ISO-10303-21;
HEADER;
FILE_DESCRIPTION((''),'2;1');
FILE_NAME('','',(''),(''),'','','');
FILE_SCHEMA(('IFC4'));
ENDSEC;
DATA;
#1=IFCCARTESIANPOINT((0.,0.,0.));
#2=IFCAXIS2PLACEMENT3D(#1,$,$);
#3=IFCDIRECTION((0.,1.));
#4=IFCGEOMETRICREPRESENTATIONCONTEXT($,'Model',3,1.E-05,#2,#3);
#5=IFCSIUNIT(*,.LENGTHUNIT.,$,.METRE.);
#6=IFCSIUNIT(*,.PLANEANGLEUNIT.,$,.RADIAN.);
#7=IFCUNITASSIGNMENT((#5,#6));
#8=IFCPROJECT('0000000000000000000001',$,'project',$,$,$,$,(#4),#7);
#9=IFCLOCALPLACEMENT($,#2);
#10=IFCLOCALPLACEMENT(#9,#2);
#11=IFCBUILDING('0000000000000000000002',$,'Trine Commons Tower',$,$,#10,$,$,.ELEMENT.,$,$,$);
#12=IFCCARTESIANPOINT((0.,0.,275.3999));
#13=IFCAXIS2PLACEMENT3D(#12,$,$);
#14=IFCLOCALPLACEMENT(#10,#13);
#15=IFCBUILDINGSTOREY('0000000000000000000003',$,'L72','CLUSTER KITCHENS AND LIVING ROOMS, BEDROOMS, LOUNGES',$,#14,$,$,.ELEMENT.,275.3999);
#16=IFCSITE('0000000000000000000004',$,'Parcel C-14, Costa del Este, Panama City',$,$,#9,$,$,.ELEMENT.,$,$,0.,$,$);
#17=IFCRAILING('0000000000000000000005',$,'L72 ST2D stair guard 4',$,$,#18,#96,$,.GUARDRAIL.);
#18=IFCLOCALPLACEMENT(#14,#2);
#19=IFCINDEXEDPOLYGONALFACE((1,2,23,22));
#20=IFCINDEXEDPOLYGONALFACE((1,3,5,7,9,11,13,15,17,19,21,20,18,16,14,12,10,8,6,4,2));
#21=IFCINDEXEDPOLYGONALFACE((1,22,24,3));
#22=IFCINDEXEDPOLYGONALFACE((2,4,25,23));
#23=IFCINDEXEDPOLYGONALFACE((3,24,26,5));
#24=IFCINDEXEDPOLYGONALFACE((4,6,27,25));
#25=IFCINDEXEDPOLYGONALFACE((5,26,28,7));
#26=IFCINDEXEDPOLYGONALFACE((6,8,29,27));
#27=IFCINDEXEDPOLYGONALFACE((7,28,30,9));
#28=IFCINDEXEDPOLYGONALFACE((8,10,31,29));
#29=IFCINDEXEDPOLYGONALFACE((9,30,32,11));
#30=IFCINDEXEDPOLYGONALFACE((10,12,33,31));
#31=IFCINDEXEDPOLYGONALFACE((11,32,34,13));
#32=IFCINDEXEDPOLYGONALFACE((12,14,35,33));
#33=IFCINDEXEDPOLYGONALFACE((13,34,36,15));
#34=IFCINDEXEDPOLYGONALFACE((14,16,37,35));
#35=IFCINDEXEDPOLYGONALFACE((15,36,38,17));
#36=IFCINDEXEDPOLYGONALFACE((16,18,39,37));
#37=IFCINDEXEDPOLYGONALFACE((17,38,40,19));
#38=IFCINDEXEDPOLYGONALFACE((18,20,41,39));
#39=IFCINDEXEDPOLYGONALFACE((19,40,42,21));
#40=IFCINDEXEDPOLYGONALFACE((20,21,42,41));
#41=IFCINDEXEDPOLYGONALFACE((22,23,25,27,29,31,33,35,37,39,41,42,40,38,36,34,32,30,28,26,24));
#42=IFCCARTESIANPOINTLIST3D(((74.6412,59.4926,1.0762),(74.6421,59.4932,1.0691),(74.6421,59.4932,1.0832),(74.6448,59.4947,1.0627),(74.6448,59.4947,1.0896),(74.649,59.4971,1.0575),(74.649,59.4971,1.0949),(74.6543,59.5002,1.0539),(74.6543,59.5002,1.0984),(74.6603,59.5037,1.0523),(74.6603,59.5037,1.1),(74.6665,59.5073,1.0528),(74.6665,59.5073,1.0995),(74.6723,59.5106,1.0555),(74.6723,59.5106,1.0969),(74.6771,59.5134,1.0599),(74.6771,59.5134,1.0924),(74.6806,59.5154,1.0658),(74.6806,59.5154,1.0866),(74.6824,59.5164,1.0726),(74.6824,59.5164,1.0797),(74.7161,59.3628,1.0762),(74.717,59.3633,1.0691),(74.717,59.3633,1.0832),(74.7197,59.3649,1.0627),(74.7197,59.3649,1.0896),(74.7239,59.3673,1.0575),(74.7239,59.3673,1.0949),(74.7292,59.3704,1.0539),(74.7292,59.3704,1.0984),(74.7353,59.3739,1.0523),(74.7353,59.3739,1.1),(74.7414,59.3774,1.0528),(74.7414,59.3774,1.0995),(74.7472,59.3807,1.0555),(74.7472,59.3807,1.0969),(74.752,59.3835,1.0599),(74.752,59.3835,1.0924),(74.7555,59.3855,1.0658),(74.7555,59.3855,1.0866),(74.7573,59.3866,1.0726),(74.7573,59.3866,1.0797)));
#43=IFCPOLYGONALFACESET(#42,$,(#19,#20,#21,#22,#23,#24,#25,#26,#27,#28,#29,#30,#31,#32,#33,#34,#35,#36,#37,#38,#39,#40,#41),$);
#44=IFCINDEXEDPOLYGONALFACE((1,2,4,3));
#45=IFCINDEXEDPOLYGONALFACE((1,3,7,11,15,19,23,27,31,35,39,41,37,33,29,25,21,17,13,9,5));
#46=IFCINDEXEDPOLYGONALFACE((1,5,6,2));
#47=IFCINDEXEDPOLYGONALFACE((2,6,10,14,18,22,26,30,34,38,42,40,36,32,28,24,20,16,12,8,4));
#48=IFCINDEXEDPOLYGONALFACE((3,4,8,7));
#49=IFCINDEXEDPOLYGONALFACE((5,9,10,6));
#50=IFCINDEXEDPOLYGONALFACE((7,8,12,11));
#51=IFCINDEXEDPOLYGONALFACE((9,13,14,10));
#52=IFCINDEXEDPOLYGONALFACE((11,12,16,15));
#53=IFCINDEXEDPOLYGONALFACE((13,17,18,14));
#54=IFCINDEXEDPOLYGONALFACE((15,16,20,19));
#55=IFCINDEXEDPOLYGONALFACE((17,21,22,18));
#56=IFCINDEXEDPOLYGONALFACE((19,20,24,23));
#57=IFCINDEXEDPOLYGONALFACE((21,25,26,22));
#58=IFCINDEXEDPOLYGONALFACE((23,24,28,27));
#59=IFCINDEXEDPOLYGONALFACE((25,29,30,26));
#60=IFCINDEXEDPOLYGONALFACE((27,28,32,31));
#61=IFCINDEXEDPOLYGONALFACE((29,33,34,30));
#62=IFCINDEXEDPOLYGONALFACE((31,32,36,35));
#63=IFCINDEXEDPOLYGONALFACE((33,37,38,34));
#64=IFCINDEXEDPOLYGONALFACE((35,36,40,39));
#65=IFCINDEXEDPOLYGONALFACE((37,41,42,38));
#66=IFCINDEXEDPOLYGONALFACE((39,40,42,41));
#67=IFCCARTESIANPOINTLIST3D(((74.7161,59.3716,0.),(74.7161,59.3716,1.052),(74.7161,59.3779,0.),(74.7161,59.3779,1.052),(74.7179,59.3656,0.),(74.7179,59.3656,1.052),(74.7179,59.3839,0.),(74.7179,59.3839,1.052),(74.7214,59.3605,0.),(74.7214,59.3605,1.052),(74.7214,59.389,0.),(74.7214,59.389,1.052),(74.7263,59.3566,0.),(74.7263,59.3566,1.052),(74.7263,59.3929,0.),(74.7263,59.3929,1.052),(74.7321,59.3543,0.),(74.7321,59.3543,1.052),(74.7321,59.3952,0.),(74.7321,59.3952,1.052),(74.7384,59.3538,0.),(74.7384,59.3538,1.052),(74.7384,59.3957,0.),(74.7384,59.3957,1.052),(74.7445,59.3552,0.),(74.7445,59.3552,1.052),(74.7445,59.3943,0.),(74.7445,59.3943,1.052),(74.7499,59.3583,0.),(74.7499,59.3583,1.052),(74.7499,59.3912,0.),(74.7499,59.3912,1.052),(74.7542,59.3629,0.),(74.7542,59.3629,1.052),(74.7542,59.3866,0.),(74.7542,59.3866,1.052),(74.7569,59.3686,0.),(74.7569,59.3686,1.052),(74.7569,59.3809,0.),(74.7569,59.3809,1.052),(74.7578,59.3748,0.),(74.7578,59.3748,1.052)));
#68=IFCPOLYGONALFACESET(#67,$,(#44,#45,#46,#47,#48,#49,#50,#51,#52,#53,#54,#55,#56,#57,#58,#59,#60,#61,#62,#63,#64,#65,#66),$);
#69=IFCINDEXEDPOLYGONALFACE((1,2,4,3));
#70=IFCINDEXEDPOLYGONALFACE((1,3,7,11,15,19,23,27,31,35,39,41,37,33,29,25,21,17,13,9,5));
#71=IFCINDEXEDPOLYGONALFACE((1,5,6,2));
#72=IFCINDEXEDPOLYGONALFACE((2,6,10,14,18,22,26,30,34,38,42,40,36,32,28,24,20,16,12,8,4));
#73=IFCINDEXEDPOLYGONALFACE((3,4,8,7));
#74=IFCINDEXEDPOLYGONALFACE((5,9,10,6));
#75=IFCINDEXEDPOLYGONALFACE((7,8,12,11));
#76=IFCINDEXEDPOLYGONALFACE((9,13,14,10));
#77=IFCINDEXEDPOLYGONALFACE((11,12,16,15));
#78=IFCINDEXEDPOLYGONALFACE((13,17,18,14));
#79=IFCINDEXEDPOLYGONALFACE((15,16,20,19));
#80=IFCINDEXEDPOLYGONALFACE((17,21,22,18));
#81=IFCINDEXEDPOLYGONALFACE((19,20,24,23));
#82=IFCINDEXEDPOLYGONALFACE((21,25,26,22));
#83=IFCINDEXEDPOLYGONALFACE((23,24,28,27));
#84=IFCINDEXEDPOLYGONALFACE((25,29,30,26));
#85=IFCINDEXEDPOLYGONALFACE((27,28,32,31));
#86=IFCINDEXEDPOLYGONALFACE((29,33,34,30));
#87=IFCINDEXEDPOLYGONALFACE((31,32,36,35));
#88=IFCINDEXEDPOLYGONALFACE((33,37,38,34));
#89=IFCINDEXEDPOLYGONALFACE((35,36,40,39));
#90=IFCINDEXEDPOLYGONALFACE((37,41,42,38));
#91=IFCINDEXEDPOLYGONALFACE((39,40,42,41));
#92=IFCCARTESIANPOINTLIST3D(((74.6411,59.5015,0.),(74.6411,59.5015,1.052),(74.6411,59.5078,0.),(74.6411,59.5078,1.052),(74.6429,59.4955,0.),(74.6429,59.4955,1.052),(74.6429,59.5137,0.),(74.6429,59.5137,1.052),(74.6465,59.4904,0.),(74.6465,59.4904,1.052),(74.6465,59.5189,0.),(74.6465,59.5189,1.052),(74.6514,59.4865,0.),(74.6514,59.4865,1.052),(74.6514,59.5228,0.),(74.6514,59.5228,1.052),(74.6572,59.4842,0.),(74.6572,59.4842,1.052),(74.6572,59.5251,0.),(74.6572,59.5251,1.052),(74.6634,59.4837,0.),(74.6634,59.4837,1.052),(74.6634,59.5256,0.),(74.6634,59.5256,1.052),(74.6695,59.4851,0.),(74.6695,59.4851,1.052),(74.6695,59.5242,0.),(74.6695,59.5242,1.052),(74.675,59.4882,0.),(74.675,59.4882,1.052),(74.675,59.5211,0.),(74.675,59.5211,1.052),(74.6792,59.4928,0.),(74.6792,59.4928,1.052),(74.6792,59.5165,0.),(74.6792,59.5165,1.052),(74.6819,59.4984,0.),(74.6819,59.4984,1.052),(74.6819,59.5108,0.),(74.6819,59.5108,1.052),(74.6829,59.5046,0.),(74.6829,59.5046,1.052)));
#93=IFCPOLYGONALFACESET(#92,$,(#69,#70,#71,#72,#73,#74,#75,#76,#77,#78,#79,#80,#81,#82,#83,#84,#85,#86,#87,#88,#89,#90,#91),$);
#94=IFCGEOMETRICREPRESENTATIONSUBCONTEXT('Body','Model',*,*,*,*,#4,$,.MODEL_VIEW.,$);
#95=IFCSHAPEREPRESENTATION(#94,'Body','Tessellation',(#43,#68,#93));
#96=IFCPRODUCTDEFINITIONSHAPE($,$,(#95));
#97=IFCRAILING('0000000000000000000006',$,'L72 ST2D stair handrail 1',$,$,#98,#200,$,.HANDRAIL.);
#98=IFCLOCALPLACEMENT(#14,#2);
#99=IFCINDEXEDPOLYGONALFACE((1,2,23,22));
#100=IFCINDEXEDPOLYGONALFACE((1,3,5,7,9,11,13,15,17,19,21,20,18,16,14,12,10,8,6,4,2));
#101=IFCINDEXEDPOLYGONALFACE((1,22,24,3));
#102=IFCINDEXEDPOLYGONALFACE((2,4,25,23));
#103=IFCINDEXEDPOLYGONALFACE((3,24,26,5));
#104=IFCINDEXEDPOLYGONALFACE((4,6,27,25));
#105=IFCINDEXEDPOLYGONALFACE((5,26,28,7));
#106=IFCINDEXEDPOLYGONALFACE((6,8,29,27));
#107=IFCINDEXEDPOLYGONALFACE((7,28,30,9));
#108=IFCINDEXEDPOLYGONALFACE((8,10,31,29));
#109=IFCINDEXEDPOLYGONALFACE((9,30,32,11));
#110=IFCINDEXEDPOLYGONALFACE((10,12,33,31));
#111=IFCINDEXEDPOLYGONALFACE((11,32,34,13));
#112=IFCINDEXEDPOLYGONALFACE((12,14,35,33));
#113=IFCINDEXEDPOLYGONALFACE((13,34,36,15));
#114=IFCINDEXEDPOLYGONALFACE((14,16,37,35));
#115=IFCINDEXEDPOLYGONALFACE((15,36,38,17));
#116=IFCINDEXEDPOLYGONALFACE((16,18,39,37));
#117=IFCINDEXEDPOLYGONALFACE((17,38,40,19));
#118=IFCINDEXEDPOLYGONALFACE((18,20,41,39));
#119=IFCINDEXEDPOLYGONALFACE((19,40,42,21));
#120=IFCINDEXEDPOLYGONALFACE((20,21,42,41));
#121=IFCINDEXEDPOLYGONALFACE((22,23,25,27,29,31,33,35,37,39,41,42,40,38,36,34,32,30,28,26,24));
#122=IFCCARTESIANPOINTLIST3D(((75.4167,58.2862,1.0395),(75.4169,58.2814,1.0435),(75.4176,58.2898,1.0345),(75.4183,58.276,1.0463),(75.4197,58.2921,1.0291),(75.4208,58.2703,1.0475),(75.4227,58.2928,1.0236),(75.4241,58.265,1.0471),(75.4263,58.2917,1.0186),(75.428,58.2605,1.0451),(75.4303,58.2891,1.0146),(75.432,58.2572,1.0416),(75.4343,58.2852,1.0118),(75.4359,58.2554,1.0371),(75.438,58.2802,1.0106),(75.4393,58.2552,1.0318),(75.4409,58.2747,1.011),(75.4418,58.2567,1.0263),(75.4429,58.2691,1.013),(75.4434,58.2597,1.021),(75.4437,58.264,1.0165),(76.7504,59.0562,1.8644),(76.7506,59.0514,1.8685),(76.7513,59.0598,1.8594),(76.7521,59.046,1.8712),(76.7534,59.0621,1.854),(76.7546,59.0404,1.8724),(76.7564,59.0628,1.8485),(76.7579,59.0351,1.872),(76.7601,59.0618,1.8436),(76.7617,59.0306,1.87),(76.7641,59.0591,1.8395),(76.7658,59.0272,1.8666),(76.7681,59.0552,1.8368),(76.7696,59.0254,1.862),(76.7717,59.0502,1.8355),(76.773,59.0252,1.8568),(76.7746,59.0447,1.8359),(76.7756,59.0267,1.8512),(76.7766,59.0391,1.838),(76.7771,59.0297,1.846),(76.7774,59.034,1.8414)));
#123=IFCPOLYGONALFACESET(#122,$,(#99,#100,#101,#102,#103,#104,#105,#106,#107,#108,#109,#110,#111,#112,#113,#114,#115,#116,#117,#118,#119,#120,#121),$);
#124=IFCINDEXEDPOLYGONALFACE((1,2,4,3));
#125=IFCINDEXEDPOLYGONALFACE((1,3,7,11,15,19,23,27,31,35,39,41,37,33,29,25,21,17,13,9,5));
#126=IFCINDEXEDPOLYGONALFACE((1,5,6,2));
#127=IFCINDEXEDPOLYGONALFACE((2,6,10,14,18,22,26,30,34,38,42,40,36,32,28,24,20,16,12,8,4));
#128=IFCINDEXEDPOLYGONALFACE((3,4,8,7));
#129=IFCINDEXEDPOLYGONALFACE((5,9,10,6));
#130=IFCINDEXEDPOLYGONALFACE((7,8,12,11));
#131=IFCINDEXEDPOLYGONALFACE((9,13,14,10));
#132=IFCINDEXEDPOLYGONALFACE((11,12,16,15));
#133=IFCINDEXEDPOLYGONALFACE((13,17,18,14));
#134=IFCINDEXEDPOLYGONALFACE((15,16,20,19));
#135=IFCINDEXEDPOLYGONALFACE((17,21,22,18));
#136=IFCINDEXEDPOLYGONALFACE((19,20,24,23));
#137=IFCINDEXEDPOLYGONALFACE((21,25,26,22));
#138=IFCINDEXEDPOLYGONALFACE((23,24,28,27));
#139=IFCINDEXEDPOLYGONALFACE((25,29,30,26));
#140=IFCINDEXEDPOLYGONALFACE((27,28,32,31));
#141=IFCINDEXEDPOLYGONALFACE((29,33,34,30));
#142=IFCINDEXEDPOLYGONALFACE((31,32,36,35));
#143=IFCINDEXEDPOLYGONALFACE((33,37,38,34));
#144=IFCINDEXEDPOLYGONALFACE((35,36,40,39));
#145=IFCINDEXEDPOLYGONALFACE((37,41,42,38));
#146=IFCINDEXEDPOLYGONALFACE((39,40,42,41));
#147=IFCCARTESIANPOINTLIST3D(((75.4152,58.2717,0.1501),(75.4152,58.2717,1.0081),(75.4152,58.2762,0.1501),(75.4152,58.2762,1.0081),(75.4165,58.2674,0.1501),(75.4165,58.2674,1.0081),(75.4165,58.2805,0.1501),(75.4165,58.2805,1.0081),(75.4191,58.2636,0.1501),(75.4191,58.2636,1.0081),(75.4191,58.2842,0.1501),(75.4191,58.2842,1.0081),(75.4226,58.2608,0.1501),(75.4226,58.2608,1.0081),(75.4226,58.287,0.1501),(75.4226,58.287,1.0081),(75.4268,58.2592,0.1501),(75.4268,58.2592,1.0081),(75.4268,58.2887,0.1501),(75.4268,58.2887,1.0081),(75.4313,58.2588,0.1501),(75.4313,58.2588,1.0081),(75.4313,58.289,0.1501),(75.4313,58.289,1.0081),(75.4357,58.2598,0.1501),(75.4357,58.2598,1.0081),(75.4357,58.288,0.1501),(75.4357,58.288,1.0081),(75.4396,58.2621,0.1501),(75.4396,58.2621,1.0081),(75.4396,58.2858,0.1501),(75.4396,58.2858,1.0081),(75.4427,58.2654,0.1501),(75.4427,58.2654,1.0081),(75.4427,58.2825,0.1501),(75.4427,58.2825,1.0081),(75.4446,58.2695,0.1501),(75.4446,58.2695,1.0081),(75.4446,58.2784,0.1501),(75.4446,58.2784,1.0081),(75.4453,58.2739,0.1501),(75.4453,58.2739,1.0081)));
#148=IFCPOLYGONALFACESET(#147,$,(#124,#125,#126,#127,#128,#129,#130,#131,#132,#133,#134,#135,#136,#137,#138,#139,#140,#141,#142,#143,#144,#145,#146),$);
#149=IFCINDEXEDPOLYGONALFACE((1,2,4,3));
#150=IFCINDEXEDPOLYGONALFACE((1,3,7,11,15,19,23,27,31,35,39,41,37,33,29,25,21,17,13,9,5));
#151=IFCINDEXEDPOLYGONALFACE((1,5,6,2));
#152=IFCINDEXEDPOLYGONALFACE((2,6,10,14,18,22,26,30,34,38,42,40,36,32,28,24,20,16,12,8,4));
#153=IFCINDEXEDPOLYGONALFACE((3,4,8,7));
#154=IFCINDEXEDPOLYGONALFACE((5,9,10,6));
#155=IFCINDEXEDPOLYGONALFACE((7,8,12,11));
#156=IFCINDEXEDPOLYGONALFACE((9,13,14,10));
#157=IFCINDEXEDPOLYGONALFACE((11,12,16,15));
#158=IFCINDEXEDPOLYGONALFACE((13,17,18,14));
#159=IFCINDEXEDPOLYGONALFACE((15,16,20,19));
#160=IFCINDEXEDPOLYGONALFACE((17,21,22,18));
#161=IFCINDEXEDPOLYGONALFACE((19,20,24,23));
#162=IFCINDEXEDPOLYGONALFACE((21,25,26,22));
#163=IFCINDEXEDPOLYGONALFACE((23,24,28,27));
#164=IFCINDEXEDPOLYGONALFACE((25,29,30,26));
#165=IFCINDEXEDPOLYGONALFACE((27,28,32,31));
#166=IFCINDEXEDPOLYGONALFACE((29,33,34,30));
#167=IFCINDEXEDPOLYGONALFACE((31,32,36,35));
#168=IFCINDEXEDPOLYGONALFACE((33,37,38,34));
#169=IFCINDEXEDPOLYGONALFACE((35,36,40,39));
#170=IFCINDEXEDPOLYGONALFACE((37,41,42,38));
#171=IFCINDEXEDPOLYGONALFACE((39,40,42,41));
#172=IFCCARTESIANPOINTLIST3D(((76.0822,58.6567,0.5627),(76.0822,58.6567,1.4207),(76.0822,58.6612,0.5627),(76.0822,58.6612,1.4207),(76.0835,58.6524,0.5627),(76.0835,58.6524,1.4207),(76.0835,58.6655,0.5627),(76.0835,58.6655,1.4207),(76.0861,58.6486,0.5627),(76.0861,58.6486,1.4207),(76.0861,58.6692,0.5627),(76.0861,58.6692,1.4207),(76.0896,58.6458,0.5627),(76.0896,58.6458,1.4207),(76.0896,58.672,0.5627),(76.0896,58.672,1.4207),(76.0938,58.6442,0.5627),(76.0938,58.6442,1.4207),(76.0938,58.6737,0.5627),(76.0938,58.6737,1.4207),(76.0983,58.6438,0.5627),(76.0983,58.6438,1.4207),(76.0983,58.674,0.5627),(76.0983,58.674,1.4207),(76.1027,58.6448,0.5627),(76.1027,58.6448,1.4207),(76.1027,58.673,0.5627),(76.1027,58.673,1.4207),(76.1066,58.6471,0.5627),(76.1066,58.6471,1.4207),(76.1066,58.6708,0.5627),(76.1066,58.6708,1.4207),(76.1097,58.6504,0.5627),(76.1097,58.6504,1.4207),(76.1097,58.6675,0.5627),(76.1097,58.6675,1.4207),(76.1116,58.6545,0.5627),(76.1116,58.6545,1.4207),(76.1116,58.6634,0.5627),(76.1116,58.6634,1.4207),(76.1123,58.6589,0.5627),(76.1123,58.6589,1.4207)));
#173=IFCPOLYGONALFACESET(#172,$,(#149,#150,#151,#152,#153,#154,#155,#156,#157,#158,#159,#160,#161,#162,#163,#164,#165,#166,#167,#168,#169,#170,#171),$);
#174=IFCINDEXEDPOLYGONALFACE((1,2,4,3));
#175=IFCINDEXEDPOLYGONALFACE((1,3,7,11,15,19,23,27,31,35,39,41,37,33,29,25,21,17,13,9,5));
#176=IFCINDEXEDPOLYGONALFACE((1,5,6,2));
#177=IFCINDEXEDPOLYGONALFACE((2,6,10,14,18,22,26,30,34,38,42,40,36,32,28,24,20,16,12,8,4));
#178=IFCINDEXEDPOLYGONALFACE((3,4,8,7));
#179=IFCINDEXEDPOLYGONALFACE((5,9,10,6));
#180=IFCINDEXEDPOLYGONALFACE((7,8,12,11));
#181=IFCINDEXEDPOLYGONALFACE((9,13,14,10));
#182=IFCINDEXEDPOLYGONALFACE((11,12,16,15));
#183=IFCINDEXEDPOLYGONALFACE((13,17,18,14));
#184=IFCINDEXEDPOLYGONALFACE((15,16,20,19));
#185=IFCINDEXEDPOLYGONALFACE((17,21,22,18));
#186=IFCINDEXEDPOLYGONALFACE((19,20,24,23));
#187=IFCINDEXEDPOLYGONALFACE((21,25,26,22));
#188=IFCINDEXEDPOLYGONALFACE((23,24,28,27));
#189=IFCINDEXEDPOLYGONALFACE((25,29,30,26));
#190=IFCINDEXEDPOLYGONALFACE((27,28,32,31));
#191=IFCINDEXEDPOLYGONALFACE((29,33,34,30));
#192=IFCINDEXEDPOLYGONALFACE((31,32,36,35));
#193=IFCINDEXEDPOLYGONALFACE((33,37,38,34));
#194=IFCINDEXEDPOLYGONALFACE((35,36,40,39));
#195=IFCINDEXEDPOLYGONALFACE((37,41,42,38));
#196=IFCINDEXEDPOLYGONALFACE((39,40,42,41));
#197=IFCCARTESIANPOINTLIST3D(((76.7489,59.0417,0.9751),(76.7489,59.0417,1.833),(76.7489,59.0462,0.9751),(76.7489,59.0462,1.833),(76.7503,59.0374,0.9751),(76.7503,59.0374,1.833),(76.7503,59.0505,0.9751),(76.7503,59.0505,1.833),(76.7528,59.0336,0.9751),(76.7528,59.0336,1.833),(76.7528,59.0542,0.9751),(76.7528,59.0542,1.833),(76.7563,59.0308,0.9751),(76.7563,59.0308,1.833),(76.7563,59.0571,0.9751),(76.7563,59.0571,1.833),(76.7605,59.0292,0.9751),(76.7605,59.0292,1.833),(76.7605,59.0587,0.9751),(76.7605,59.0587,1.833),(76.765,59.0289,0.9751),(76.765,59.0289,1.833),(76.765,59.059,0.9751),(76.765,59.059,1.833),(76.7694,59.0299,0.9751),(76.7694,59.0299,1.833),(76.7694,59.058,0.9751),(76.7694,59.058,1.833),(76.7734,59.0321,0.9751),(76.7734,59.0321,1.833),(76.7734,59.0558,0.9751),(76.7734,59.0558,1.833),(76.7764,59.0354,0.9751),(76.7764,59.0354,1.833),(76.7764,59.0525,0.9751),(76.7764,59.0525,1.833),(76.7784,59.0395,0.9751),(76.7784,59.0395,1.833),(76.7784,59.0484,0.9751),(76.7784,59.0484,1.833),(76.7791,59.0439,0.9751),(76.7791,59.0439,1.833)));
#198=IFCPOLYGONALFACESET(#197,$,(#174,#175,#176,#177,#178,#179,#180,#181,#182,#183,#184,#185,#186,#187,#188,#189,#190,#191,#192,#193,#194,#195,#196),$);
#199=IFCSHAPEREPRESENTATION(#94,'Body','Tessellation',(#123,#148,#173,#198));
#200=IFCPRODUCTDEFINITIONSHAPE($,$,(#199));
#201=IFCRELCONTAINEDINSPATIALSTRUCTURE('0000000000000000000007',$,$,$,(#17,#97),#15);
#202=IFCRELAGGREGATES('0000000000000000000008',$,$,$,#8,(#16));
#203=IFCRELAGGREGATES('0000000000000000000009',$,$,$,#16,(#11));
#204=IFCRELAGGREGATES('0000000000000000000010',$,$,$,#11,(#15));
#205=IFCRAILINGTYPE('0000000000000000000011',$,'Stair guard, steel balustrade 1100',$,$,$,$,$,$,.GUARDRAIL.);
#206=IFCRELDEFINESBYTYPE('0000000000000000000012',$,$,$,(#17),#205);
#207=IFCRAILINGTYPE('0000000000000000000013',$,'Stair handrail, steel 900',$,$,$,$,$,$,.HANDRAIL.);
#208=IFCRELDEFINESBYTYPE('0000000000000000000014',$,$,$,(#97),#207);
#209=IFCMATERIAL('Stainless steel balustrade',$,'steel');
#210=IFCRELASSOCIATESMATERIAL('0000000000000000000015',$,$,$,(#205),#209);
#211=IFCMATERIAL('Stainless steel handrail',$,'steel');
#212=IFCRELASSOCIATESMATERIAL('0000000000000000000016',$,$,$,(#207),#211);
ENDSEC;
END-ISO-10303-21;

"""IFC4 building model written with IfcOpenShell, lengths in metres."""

from ifc_helpers import new_model, si_unit, direction, frame, origin, origin_2d, place, context, subcontext, project, spatial, circle, extrude, material, type_object, element, save


model = new_model("IFC4")

# Units and contexts
model_context = context("Model", 3, precision=1e-05, world=origin(), true_north=direction((0.0, 1.0)))
body_context = subcontext(model_context, "Body", "Model", "MODEL_VIEW")
ifc_project = project(units=[si_unit("LENGTHUNIT", "METRE"), si_unit("PLANEANGLEUNIT", "RADIAN")], contexts=[model_context])

# Site, building, storey
site_placement = place(None, origin())
site = spatial("IfcSite", under=ifc_project, at=site_placement, Name="Parcel C-14, Costa del Este, Panama City", CompositionType="ELEMENT", RefElevation=0.0)
building_placement = place(site_placement, origin())
building = spatial("IfcBuilding", under=site, at=building_placement, Name="Trine Commons Tower", CompositionType="ELEMENT")
storey_placement = place(building_placement, frame((0.0, 0.0, 275.3999)))
storey = spatial("IfcBuildingStorey", under=building, at=storey_placement, Name="L72", Description="CLUSTER KITCHENS AND LIVING ROOMS, BEDROOMS, LOUNGES", CompositionType="ELEMENT", Elevation=275.3999)

# Railings
ifc_material_1 = material(Name="Stainless steel balustrade", Category="steel")
railing_type_1 = type_object("IfcRailingType", Name="Stair guard, steel balustrade 1100", PredefinedType="GUARDRAIL", material=ifc_material_1)
railing_1_placement = place(storey_placement, frame((74.7368, 59.3748, 0.0)))
element("IfcRailing", 1, at=railing_1_placement, inside=storey, type_object=railing_type_1, Name="L72 ST2D stair guard 4", PredefinedType="GUARDRAIL", context=body_context, shape_type="SweptSolid", body=[
    extrude(circle(Radius=0.0239, at=origin_2d()), frame((0.0, 0.0, 1.0762), z_axis=(-0.499816, 0.866131, 0.0), x_axis=(-0.866131, -0.499816, 0.0)), (0.0, 0.0, 1.0), 0.1499),
    extrude(circle(Radius=0.021, at=origin_2d()), origin(), (0.0, 0.0, 1.0), 1.052),
    extrude(circle(Radius=0.021, at=origin_2d()), frame((-0.075, 0.1299, 0.0)), (0.0, 0.0, 1.0), 1.052),
])
ifc_material_2 = material(Name="Stainless steel handrail", Category="steel")
railing_type_2 = type_object("IfcRailingType", Name="Stair handrail, steel 900", PredefinedType="HANDRAIL", material=ifc_material_2)
for number, where, name in (
    (2, (75.4302, 58.2739, 0.1501), "L72 ST2D stair handrail 1"),
):
    element("IfcRailing", number, at=place(storey_placement, frame(where)), inside=storey, type_object=railing_type_2, Name=name, PredefinedType="HANDRAIL", context=body_context, shape_type="SweptSolid", body=[
        extrude(circle(Radius=0.021, at=origin_2d()), frame((0.0, 0.0, 0.8789), z_axis=(0.763405, 0.440743, 0.472185), x_axis=(-0.499992, 0.86603, 0.0)), (0.0, 0.0, 1.0), 1.7471),
        extrude(circle(Radius=0.0151, at=origin_2d()), origin(), (0.0, 0.0, 1.0), 0.8579),
        extrude(circle(Radius=0.0151, at=origin_2d()), frame((0.667, 0.385, 0.4126)), (0.0, 0.0, 1.0), 0.8579),
        extrude(circle(Radius=0.0151, at=origin_2d()), frame((1.3337, 0.77, 0.825)), (0.0, 0.0, 1.0), 0.8579),
    ])

save(model, "model.ifc")
